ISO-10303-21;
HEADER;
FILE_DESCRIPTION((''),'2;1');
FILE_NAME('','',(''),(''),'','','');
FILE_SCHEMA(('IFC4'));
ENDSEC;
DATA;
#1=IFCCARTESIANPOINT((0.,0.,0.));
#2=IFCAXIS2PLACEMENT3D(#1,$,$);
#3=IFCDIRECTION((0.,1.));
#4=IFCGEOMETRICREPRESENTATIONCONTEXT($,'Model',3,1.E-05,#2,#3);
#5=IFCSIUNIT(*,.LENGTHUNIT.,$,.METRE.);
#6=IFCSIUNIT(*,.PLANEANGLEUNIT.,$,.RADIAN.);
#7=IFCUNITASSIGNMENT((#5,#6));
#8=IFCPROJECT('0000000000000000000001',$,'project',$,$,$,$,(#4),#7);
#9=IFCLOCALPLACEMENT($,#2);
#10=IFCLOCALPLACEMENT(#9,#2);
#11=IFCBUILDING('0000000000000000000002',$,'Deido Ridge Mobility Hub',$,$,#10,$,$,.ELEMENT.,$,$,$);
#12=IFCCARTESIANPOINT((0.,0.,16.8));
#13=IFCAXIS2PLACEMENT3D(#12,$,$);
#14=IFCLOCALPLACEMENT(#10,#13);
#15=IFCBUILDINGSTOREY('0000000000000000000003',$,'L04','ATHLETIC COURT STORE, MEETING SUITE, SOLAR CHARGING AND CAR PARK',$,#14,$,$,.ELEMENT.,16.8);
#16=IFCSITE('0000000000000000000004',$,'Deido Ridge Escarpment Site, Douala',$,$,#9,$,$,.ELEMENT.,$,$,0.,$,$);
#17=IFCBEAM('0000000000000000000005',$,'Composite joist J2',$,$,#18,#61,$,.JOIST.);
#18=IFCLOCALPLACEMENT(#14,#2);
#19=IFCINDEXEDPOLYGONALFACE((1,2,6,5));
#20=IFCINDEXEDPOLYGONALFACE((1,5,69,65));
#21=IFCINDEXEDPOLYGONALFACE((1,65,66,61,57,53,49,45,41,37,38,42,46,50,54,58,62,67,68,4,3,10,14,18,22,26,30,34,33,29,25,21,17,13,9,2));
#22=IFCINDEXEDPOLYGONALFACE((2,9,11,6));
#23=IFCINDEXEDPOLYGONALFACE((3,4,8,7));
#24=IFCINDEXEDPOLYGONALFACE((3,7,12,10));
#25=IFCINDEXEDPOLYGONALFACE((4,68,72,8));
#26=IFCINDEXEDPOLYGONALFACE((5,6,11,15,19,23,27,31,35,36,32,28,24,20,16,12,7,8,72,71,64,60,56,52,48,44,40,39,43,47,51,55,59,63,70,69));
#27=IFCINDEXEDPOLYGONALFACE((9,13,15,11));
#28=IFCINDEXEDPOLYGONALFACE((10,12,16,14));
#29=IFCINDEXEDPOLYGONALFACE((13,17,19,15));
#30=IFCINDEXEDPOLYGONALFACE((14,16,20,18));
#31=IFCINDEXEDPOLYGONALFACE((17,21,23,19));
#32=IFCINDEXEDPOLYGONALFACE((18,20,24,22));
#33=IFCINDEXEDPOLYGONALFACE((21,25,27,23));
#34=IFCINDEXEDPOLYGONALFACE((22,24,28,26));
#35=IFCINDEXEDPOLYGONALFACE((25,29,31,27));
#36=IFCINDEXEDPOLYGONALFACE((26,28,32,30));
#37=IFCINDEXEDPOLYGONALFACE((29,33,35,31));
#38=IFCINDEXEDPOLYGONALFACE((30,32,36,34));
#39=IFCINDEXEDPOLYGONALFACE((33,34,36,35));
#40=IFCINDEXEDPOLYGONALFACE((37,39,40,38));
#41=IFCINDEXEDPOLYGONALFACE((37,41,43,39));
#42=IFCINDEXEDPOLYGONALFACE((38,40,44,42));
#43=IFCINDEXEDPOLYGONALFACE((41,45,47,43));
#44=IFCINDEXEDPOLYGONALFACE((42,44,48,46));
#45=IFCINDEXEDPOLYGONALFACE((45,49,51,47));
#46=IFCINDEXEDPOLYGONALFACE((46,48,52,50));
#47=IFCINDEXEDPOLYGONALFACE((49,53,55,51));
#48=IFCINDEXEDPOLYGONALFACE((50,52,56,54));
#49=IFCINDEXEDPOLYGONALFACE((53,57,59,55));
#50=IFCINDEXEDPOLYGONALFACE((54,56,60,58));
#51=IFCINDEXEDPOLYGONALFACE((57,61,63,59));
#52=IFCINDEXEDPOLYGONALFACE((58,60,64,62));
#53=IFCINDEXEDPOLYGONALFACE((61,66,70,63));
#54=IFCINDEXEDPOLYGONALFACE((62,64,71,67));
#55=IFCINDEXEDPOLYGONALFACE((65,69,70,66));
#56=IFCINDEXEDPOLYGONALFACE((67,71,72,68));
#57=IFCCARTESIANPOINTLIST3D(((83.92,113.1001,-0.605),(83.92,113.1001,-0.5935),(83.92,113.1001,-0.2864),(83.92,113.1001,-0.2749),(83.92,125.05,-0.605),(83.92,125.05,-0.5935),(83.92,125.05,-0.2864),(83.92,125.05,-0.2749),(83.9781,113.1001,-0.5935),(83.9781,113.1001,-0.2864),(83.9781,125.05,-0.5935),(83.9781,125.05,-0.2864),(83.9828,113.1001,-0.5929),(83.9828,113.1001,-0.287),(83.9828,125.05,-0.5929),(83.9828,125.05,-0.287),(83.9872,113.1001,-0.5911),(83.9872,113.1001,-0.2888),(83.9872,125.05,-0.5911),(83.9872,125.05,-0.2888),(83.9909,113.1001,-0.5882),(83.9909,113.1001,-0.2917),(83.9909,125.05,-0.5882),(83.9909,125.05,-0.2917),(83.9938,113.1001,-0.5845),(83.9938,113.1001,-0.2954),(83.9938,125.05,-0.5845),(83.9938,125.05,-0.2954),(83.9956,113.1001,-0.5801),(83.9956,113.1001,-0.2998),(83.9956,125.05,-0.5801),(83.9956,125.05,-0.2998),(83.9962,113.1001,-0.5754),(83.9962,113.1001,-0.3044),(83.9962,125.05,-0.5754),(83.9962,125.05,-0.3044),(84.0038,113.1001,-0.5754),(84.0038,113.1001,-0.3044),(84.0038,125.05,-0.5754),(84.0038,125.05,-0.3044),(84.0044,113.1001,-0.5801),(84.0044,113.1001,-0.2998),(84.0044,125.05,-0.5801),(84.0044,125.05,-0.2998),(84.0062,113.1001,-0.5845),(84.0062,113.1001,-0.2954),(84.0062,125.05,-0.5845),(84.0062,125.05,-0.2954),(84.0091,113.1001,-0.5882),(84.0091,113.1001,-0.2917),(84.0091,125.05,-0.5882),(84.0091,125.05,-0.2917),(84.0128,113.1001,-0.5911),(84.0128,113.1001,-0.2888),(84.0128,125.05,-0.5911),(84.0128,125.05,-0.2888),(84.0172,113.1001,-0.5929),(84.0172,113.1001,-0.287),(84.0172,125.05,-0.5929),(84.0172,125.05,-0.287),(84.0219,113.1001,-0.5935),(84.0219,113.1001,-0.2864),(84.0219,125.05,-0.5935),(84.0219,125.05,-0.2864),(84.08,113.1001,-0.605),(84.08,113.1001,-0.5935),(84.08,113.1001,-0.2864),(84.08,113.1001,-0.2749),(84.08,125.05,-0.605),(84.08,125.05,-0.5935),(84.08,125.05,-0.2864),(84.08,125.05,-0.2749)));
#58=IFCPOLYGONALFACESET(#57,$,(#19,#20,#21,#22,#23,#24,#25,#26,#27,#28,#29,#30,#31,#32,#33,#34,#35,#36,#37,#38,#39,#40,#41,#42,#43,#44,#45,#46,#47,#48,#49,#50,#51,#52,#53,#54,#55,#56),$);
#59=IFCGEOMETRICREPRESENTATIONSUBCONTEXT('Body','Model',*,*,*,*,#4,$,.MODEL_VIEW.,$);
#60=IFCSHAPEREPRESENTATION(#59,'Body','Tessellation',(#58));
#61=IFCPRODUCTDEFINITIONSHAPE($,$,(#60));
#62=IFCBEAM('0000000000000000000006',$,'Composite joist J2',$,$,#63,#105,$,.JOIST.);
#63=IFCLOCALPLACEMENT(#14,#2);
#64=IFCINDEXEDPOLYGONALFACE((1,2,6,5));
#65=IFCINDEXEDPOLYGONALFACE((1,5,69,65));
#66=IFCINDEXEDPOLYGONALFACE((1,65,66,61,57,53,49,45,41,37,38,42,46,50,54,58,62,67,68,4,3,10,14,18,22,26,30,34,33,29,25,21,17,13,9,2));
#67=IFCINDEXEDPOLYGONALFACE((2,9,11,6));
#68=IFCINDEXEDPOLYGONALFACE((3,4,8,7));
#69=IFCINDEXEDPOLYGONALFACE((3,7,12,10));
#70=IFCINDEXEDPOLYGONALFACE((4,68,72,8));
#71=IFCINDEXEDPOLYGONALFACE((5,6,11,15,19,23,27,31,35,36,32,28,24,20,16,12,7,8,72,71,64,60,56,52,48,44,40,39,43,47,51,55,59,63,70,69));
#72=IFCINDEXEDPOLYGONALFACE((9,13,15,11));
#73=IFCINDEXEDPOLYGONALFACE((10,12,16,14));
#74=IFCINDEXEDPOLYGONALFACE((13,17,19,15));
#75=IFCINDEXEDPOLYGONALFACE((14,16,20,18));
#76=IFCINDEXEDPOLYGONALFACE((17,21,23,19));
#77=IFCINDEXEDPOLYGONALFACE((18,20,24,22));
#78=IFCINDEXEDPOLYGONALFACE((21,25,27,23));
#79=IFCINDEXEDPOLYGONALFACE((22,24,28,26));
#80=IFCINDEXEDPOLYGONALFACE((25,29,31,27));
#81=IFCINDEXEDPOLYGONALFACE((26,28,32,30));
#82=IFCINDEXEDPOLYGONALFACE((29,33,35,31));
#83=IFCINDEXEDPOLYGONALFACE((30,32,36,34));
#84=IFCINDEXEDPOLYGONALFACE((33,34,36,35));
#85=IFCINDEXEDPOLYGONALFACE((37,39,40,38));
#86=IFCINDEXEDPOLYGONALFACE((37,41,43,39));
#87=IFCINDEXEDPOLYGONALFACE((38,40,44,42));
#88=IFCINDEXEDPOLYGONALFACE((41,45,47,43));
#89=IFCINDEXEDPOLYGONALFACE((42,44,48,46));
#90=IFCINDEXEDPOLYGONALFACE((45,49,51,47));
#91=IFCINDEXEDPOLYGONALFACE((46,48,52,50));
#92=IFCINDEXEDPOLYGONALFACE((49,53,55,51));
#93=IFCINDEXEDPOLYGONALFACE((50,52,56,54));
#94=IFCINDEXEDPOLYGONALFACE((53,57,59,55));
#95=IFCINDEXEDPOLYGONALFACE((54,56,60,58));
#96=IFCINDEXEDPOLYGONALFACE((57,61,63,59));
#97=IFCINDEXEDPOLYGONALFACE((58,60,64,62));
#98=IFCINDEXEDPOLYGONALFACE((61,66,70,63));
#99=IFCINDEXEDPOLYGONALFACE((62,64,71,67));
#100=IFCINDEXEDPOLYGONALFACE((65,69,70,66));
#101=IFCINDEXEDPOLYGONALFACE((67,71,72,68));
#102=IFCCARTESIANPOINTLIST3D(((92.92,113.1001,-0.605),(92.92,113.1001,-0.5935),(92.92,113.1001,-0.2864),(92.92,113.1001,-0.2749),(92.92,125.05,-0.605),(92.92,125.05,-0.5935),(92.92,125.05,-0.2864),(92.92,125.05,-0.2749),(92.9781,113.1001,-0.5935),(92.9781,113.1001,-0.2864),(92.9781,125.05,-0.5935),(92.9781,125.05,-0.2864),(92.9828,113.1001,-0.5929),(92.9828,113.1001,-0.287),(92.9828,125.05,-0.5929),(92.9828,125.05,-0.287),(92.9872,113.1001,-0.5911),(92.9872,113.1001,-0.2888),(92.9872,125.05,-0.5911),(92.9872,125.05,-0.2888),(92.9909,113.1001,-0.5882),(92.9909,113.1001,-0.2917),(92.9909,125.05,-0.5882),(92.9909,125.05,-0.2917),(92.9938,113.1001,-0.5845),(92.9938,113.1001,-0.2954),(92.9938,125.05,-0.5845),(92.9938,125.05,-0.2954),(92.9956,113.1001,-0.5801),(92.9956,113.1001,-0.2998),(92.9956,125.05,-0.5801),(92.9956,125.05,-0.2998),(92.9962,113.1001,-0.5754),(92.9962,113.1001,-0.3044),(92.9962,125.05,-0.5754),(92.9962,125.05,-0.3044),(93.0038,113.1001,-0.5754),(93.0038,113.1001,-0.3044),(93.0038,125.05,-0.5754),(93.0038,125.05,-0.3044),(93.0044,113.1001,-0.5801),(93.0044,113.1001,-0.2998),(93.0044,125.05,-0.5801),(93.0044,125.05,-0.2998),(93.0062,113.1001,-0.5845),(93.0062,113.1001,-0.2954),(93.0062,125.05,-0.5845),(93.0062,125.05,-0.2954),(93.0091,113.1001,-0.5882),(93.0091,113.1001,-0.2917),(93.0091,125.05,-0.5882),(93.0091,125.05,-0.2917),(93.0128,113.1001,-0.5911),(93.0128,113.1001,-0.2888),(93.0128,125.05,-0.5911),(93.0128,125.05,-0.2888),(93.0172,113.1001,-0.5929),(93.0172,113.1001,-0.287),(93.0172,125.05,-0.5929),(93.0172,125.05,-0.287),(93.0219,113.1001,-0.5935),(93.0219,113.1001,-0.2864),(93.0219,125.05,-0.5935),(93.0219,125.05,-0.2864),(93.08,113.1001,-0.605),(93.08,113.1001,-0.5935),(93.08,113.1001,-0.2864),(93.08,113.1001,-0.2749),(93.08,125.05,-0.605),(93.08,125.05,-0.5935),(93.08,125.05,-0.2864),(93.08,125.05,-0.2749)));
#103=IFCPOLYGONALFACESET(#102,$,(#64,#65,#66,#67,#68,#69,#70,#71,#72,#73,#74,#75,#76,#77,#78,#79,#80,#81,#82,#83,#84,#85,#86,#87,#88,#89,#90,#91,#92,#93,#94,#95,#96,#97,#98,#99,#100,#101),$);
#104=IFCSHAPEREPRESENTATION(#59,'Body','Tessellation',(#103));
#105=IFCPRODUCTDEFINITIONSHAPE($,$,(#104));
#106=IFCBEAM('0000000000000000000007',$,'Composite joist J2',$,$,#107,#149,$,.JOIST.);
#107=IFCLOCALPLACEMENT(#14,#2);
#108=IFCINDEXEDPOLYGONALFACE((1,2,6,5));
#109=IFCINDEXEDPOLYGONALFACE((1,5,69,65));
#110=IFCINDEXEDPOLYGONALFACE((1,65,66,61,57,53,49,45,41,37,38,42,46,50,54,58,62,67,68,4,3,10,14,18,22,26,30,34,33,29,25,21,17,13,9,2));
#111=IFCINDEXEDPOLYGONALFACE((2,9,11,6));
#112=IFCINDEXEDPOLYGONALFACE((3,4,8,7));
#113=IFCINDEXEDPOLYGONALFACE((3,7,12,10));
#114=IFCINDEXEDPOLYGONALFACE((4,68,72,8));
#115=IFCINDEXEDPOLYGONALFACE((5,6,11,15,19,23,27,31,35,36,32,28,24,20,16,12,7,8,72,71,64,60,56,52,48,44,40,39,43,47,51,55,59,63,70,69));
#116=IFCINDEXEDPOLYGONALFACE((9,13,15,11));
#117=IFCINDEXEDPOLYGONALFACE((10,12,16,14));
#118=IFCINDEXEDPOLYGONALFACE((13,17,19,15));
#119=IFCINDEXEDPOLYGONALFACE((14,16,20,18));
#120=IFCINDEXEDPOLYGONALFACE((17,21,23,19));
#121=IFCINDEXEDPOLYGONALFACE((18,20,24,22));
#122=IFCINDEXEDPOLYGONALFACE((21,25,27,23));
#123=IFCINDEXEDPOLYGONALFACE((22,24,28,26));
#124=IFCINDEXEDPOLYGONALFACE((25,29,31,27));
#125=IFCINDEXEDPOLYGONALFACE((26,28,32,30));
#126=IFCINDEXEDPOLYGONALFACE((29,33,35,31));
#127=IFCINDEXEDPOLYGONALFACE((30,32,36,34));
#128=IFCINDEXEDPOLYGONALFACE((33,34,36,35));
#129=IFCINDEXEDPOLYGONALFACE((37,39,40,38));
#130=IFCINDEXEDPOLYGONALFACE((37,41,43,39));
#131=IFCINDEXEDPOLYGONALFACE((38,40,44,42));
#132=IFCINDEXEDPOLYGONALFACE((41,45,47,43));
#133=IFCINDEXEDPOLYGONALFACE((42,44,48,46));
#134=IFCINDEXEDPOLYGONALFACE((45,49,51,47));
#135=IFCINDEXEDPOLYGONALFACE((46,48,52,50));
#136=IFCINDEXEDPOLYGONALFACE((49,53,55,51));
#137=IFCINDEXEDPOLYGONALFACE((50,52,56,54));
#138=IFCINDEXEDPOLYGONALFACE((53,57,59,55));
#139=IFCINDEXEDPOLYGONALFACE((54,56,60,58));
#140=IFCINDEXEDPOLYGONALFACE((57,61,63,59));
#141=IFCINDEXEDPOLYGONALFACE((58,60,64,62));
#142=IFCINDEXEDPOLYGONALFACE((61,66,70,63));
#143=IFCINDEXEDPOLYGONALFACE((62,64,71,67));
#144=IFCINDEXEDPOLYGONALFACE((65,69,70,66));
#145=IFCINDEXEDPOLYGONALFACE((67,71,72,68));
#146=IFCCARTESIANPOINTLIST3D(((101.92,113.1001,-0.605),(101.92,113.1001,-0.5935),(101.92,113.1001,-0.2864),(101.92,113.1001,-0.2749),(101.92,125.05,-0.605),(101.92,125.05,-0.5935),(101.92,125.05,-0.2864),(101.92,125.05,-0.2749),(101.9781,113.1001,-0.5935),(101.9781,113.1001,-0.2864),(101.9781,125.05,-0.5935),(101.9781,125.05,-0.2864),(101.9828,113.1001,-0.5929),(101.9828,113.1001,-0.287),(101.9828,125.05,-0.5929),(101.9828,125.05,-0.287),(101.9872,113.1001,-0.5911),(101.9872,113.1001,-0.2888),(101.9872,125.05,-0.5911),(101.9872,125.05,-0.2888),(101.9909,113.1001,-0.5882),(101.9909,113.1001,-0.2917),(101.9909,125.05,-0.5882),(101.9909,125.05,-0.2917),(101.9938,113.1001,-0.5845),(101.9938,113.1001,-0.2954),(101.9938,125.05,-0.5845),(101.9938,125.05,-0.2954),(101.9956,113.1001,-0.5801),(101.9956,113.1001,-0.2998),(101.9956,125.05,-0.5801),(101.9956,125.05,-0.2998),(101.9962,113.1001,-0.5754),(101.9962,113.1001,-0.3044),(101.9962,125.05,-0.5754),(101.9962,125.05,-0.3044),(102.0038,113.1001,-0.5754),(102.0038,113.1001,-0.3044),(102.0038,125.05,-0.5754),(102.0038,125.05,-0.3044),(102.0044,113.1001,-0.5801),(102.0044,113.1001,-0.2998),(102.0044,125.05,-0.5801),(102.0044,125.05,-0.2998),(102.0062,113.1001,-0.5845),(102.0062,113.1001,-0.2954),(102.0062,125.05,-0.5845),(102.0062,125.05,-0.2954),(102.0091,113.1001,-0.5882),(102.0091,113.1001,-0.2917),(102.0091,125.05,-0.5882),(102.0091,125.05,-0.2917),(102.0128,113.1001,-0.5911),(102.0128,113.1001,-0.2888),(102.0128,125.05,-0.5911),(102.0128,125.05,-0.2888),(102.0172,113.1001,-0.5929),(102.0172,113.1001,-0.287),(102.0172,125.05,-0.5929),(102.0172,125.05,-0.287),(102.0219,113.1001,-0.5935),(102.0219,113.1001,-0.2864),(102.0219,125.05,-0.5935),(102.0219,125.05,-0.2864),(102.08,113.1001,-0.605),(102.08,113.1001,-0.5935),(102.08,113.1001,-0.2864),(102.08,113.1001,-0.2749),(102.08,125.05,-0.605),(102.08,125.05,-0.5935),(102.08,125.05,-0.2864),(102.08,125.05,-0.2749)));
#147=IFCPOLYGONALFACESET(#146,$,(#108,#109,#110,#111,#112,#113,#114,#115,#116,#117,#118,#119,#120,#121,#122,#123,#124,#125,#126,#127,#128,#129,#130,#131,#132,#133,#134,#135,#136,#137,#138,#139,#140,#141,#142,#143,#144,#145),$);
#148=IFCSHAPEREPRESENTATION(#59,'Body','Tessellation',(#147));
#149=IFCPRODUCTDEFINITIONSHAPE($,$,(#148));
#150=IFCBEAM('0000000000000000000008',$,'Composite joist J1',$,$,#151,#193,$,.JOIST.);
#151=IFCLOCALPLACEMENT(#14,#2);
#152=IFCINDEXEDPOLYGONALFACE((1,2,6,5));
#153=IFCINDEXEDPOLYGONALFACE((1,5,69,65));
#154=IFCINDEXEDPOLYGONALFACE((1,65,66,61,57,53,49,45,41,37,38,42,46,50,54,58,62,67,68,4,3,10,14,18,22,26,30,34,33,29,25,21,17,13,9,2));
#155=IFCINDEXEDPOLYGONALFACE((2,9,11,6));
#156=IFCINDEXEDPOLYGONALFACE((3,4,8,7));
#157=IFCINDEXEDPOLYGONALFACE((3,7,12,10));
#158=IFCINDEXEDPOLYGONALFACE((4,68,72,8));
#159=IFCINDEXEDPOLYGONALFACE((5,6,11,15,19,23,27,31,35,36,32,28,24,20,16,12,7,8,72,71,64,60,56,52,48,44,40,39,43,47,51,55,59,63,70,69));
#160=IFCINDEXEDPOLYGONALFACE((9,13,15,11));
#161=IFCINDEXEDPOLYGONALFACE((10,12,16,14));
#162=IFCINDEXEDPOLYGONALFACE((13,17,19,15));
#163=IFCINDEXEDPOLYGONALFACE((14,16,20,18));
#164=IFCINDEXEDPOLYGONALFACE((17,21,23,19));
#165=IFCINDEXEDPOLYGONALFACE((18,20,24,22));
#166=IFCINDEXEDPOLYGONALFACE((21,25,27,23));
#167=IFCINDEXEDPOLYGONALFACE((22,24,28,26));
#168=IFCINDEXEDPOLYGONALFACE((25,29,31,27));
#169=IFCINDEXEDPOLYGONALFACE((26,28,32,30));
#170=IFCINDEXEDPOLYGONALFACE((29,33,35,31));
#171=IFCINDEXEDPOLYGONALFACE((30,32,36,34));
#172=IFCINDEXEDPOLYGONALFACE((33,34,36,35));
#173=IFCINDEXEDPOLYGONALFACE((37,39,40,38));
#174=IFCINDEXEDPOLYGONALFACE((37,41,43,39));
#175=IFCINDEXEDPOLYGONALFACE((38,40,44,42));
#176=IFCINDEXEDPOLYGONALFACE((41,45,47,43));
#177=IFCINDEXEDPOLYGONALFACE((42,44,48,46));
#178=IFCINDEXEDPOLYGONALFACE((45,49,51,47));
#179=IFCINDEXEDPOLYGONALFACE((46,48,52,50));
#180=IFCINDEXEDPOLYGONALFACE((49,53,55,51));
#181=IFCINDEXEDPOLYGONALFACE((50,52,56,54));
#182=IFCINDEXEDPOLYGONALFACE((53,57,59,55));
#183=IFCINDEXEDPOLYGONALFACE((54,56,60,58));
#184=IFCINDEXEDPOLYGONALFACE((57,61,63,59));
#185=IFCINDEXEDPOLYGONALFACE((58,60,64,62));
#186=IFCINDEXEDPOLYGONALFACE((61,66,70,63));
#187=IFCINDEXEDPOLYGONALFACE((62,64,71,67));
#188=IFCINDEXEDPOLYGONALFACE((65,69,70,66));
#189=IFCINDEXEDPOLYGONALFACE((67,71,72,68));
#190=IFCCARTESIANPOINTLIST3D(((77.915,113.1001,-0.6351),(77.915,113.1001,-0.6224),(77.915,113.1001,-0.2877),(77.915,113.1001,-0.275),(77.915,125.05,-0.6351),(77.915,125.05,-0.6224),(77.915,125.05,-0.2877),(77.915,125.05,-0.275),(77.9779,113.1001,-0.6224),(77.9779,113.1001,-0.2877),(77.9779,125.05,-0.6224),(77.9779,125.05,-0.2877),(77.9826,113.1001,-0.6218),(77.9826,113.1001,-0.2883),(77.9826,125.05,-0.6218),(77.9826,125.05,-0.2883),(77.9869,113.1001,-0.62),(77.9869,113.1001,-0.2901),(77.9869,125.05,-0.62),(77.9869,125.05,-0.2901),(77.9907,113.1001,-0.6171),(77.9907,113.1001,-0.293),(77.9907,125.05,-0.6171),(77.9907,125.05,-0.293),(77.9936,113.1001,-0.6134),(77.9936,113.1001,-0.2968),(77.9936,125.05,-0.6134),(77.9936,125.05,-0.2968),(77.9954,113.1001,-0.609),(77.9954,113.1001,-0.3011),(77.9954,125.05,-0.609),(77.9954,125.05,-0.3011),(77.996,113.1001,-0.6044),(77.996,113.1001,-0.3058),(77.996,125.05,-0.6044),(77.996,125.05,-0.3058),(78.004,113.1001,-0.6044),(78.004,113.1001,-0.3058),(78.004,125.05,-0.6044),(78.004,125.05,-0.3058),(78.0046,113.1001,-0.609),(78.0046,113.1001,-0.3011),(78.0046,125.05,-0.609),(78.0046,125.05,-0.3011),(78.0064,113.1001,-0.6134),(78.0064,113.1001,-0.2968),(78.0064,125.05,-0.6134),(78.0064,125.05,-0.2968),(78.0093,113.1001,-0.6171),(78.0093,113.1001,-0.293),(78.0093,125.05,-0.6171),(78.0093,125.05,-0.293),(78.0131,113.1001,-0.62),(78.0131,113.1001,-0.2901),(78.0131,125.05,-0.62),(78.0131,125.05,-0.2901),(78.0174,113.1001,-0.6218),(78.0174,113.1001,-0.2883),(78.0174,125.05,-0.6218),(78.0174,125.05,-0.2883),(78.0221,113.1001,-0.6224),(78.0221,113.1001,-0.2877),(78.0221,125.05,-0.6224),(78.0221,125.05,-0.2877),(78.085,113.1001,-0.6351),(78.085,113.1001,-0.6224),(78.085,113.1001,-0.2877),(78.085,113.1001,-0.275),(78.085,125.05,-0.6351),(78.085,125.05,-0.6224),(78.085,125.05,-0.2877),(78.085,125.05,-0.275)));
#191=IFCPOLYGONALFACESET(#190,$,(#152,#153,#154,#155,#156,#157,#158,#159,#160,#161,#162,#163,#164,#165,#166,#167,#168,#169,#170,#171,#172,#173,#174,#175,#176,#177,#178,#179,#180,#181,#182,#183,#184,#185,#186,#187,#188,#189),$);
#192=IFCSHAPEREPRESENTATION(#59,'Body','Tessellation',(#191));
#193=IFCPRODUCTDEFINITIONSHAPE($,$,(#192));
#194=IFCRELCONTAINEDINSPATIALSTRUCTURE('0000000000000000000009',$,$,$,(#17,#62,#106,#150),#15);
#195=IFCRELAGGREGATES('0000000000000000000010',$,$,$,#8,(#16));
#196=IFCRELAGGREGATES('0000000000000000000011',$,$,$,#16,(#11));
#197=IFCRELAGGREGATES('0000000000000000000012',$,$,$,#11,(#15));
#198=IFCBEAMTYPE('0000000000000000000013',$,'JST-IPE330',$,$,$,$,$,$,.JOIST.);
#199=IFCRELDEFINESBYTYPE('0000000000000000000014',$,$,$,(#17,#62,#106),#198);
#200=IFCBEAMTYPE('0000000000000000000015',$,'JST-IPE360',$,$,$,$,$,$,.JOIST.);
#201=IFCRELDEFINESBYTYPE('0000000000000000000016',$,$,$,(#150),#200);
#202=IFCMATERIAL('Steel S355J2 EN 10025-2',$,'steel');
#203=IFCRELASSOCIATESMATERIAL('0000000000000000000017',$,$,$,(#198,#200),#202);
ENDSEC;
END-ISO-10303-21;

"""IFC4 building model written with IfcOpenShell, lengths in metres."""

from ifc_helpers import new_model, si_unit, direction, frame, origin, origin_2d, place, context, subcontext, project, spatial, i_section, extrude, material, material_profile, profile_set, type_object, element, save


model = new_model("IFC4")

# Units and contexts
model_context = context("Model", 3, precision=1e-05, world=origin(), true_north=direction((0.0, 1.0)))
body_context = subcontext(model_context, "Body", "Model", "MODEL_VIEW")
ifc_project = project(units=[si_unit("LENGTHUNIT", "METRE"), si_unit("PLANEANGLEUNIT", "RADIAN")], contexts=[model_context])

# Site, building, storey
site_placement = place(None, origin())
site = spatial("IfcSite", under=ifc_project, at=site_placement, Name="Deido Ridge Escarpment Site, Douala", CompositionType="ELEMENT", RefElevation=0.0)
building_placement = place(site_placement, origin())
building = spatial("IfcBuilding", under=site, at=building_placement, Name="Deido Ridge Mobility Hub", CompositionType="ELEMENT")
storey_placement = place(building_placement, frame((0.0, 0.0, 16.8)))
storey = spatial("IfcBuildingStorey", under=building, at=storey_placement, Name="L04", Description="ATHLETIC COURT STORE, MEETING SUITE, SOLAR CHARGING AND CAR PARK", CompositionType="ELEMENT", Elevation=16.8)

# Shared definitions
ifc_material_1 = material(Name="Steel S355J2 EN 10025-2", Category="steel")

# Beams
ifc_material_profile_1 = material_profile(ifc_material_1, i_section(OverallWidth=0.1599, OverallDepth=0.3301, WebThickness=0.0076, FlangeThickness=0.0115, FilletRadius=0.0181, at=origin_2d()), Name="IPE 330")
ifc_profile_set_1 = profile_set([ifc_material_profile_1], Name="Steel S355J2 EN 10025-2")
beam_type_1 = type_object("IfcBeamType", Name="JST-IPE330", PredefinedType="JOIST", material=ifc_profile_set_1)
for number, where, z_axis, x_axis, name in (
    (1, (84.0, 113.1001, -0.4399), (0.0, 1.0, 0.0), (-1.0, 0.0, 0.0), "Composite joist J2"),
    (2, (93.0, 113.1001, -0.4399), (0.0, 1.0, 0.0), (-1.0, 0.0, 0.0), "Composite joist J2"),
    (3, (102.0, 113.1001, -0.4399), (0.0, 1.0, 0.0), (-1.0, 0.0, 0.0), "Composite joist J2"),
):
    element("IfcBeam", number, at=place(storey_placement, frame(where, z_axis=z_axis, x_axis=x_axis)), inside=storey, type_object=beam_type_1, Name=name, PredefinedType="JOIST", context=body_context, shape_type="SweptSolid", body=[
        extrude(i_section(OverallWidth=0.1599, OverallDepth=0.3301, WebThickness=0.0076, FlangeThickness=0.0115, FilletRadius=0.0181, at=origin_2d()), origin(), (0.0, 0.0, 1.0), 11.95),
    ])
ifc_material_profile_2 = material_profile(ifc_material_1, i_section(OverallWidth=0.1699, OverallDepth=0.3601, WebThickness=0.0081, FlangeThickness=0.0127, FilletRadius=0.0181, at=origin_2d()), Name="IPE 360")
ifc_profile_set_2 = profile_set([ifc_material_profile_2], Name="Steel S355J2 EN 10025-2")
beam_type_2 = type_object("IfcBeamType", Name="JST-IPE360", PredefinedType="JOIST", material=ifc_profile_set_2)
for number, where, z_axis, x_axis, name in (
    (4, (78.0, 113.1001, -0.4551), (0.0, 1.0, 0.0), (-1.0, 0.0, 0.0), "Composite joist J1"),
):
    element("IfcBeam", number, at=place(storey_placement, frame(where, z_axis=z_axis, x_axis=x_axis)), inside=storey, type_object=beam_type_2, Name=name, PredefinedType="JOIST", context=body_context, shape_type="SweptSolid", body=[
        extrude(i_section(OverallWidth=0.1699, OverallDepth=0.3601, WebThickness=0.0081, FlangeThickness=0.0127, FilletRadius=0.0181, at=origin_2d()), origin(), (0.0, 0.0, 1.0), 11.95),
    ])

save(model, "model.ifc")
